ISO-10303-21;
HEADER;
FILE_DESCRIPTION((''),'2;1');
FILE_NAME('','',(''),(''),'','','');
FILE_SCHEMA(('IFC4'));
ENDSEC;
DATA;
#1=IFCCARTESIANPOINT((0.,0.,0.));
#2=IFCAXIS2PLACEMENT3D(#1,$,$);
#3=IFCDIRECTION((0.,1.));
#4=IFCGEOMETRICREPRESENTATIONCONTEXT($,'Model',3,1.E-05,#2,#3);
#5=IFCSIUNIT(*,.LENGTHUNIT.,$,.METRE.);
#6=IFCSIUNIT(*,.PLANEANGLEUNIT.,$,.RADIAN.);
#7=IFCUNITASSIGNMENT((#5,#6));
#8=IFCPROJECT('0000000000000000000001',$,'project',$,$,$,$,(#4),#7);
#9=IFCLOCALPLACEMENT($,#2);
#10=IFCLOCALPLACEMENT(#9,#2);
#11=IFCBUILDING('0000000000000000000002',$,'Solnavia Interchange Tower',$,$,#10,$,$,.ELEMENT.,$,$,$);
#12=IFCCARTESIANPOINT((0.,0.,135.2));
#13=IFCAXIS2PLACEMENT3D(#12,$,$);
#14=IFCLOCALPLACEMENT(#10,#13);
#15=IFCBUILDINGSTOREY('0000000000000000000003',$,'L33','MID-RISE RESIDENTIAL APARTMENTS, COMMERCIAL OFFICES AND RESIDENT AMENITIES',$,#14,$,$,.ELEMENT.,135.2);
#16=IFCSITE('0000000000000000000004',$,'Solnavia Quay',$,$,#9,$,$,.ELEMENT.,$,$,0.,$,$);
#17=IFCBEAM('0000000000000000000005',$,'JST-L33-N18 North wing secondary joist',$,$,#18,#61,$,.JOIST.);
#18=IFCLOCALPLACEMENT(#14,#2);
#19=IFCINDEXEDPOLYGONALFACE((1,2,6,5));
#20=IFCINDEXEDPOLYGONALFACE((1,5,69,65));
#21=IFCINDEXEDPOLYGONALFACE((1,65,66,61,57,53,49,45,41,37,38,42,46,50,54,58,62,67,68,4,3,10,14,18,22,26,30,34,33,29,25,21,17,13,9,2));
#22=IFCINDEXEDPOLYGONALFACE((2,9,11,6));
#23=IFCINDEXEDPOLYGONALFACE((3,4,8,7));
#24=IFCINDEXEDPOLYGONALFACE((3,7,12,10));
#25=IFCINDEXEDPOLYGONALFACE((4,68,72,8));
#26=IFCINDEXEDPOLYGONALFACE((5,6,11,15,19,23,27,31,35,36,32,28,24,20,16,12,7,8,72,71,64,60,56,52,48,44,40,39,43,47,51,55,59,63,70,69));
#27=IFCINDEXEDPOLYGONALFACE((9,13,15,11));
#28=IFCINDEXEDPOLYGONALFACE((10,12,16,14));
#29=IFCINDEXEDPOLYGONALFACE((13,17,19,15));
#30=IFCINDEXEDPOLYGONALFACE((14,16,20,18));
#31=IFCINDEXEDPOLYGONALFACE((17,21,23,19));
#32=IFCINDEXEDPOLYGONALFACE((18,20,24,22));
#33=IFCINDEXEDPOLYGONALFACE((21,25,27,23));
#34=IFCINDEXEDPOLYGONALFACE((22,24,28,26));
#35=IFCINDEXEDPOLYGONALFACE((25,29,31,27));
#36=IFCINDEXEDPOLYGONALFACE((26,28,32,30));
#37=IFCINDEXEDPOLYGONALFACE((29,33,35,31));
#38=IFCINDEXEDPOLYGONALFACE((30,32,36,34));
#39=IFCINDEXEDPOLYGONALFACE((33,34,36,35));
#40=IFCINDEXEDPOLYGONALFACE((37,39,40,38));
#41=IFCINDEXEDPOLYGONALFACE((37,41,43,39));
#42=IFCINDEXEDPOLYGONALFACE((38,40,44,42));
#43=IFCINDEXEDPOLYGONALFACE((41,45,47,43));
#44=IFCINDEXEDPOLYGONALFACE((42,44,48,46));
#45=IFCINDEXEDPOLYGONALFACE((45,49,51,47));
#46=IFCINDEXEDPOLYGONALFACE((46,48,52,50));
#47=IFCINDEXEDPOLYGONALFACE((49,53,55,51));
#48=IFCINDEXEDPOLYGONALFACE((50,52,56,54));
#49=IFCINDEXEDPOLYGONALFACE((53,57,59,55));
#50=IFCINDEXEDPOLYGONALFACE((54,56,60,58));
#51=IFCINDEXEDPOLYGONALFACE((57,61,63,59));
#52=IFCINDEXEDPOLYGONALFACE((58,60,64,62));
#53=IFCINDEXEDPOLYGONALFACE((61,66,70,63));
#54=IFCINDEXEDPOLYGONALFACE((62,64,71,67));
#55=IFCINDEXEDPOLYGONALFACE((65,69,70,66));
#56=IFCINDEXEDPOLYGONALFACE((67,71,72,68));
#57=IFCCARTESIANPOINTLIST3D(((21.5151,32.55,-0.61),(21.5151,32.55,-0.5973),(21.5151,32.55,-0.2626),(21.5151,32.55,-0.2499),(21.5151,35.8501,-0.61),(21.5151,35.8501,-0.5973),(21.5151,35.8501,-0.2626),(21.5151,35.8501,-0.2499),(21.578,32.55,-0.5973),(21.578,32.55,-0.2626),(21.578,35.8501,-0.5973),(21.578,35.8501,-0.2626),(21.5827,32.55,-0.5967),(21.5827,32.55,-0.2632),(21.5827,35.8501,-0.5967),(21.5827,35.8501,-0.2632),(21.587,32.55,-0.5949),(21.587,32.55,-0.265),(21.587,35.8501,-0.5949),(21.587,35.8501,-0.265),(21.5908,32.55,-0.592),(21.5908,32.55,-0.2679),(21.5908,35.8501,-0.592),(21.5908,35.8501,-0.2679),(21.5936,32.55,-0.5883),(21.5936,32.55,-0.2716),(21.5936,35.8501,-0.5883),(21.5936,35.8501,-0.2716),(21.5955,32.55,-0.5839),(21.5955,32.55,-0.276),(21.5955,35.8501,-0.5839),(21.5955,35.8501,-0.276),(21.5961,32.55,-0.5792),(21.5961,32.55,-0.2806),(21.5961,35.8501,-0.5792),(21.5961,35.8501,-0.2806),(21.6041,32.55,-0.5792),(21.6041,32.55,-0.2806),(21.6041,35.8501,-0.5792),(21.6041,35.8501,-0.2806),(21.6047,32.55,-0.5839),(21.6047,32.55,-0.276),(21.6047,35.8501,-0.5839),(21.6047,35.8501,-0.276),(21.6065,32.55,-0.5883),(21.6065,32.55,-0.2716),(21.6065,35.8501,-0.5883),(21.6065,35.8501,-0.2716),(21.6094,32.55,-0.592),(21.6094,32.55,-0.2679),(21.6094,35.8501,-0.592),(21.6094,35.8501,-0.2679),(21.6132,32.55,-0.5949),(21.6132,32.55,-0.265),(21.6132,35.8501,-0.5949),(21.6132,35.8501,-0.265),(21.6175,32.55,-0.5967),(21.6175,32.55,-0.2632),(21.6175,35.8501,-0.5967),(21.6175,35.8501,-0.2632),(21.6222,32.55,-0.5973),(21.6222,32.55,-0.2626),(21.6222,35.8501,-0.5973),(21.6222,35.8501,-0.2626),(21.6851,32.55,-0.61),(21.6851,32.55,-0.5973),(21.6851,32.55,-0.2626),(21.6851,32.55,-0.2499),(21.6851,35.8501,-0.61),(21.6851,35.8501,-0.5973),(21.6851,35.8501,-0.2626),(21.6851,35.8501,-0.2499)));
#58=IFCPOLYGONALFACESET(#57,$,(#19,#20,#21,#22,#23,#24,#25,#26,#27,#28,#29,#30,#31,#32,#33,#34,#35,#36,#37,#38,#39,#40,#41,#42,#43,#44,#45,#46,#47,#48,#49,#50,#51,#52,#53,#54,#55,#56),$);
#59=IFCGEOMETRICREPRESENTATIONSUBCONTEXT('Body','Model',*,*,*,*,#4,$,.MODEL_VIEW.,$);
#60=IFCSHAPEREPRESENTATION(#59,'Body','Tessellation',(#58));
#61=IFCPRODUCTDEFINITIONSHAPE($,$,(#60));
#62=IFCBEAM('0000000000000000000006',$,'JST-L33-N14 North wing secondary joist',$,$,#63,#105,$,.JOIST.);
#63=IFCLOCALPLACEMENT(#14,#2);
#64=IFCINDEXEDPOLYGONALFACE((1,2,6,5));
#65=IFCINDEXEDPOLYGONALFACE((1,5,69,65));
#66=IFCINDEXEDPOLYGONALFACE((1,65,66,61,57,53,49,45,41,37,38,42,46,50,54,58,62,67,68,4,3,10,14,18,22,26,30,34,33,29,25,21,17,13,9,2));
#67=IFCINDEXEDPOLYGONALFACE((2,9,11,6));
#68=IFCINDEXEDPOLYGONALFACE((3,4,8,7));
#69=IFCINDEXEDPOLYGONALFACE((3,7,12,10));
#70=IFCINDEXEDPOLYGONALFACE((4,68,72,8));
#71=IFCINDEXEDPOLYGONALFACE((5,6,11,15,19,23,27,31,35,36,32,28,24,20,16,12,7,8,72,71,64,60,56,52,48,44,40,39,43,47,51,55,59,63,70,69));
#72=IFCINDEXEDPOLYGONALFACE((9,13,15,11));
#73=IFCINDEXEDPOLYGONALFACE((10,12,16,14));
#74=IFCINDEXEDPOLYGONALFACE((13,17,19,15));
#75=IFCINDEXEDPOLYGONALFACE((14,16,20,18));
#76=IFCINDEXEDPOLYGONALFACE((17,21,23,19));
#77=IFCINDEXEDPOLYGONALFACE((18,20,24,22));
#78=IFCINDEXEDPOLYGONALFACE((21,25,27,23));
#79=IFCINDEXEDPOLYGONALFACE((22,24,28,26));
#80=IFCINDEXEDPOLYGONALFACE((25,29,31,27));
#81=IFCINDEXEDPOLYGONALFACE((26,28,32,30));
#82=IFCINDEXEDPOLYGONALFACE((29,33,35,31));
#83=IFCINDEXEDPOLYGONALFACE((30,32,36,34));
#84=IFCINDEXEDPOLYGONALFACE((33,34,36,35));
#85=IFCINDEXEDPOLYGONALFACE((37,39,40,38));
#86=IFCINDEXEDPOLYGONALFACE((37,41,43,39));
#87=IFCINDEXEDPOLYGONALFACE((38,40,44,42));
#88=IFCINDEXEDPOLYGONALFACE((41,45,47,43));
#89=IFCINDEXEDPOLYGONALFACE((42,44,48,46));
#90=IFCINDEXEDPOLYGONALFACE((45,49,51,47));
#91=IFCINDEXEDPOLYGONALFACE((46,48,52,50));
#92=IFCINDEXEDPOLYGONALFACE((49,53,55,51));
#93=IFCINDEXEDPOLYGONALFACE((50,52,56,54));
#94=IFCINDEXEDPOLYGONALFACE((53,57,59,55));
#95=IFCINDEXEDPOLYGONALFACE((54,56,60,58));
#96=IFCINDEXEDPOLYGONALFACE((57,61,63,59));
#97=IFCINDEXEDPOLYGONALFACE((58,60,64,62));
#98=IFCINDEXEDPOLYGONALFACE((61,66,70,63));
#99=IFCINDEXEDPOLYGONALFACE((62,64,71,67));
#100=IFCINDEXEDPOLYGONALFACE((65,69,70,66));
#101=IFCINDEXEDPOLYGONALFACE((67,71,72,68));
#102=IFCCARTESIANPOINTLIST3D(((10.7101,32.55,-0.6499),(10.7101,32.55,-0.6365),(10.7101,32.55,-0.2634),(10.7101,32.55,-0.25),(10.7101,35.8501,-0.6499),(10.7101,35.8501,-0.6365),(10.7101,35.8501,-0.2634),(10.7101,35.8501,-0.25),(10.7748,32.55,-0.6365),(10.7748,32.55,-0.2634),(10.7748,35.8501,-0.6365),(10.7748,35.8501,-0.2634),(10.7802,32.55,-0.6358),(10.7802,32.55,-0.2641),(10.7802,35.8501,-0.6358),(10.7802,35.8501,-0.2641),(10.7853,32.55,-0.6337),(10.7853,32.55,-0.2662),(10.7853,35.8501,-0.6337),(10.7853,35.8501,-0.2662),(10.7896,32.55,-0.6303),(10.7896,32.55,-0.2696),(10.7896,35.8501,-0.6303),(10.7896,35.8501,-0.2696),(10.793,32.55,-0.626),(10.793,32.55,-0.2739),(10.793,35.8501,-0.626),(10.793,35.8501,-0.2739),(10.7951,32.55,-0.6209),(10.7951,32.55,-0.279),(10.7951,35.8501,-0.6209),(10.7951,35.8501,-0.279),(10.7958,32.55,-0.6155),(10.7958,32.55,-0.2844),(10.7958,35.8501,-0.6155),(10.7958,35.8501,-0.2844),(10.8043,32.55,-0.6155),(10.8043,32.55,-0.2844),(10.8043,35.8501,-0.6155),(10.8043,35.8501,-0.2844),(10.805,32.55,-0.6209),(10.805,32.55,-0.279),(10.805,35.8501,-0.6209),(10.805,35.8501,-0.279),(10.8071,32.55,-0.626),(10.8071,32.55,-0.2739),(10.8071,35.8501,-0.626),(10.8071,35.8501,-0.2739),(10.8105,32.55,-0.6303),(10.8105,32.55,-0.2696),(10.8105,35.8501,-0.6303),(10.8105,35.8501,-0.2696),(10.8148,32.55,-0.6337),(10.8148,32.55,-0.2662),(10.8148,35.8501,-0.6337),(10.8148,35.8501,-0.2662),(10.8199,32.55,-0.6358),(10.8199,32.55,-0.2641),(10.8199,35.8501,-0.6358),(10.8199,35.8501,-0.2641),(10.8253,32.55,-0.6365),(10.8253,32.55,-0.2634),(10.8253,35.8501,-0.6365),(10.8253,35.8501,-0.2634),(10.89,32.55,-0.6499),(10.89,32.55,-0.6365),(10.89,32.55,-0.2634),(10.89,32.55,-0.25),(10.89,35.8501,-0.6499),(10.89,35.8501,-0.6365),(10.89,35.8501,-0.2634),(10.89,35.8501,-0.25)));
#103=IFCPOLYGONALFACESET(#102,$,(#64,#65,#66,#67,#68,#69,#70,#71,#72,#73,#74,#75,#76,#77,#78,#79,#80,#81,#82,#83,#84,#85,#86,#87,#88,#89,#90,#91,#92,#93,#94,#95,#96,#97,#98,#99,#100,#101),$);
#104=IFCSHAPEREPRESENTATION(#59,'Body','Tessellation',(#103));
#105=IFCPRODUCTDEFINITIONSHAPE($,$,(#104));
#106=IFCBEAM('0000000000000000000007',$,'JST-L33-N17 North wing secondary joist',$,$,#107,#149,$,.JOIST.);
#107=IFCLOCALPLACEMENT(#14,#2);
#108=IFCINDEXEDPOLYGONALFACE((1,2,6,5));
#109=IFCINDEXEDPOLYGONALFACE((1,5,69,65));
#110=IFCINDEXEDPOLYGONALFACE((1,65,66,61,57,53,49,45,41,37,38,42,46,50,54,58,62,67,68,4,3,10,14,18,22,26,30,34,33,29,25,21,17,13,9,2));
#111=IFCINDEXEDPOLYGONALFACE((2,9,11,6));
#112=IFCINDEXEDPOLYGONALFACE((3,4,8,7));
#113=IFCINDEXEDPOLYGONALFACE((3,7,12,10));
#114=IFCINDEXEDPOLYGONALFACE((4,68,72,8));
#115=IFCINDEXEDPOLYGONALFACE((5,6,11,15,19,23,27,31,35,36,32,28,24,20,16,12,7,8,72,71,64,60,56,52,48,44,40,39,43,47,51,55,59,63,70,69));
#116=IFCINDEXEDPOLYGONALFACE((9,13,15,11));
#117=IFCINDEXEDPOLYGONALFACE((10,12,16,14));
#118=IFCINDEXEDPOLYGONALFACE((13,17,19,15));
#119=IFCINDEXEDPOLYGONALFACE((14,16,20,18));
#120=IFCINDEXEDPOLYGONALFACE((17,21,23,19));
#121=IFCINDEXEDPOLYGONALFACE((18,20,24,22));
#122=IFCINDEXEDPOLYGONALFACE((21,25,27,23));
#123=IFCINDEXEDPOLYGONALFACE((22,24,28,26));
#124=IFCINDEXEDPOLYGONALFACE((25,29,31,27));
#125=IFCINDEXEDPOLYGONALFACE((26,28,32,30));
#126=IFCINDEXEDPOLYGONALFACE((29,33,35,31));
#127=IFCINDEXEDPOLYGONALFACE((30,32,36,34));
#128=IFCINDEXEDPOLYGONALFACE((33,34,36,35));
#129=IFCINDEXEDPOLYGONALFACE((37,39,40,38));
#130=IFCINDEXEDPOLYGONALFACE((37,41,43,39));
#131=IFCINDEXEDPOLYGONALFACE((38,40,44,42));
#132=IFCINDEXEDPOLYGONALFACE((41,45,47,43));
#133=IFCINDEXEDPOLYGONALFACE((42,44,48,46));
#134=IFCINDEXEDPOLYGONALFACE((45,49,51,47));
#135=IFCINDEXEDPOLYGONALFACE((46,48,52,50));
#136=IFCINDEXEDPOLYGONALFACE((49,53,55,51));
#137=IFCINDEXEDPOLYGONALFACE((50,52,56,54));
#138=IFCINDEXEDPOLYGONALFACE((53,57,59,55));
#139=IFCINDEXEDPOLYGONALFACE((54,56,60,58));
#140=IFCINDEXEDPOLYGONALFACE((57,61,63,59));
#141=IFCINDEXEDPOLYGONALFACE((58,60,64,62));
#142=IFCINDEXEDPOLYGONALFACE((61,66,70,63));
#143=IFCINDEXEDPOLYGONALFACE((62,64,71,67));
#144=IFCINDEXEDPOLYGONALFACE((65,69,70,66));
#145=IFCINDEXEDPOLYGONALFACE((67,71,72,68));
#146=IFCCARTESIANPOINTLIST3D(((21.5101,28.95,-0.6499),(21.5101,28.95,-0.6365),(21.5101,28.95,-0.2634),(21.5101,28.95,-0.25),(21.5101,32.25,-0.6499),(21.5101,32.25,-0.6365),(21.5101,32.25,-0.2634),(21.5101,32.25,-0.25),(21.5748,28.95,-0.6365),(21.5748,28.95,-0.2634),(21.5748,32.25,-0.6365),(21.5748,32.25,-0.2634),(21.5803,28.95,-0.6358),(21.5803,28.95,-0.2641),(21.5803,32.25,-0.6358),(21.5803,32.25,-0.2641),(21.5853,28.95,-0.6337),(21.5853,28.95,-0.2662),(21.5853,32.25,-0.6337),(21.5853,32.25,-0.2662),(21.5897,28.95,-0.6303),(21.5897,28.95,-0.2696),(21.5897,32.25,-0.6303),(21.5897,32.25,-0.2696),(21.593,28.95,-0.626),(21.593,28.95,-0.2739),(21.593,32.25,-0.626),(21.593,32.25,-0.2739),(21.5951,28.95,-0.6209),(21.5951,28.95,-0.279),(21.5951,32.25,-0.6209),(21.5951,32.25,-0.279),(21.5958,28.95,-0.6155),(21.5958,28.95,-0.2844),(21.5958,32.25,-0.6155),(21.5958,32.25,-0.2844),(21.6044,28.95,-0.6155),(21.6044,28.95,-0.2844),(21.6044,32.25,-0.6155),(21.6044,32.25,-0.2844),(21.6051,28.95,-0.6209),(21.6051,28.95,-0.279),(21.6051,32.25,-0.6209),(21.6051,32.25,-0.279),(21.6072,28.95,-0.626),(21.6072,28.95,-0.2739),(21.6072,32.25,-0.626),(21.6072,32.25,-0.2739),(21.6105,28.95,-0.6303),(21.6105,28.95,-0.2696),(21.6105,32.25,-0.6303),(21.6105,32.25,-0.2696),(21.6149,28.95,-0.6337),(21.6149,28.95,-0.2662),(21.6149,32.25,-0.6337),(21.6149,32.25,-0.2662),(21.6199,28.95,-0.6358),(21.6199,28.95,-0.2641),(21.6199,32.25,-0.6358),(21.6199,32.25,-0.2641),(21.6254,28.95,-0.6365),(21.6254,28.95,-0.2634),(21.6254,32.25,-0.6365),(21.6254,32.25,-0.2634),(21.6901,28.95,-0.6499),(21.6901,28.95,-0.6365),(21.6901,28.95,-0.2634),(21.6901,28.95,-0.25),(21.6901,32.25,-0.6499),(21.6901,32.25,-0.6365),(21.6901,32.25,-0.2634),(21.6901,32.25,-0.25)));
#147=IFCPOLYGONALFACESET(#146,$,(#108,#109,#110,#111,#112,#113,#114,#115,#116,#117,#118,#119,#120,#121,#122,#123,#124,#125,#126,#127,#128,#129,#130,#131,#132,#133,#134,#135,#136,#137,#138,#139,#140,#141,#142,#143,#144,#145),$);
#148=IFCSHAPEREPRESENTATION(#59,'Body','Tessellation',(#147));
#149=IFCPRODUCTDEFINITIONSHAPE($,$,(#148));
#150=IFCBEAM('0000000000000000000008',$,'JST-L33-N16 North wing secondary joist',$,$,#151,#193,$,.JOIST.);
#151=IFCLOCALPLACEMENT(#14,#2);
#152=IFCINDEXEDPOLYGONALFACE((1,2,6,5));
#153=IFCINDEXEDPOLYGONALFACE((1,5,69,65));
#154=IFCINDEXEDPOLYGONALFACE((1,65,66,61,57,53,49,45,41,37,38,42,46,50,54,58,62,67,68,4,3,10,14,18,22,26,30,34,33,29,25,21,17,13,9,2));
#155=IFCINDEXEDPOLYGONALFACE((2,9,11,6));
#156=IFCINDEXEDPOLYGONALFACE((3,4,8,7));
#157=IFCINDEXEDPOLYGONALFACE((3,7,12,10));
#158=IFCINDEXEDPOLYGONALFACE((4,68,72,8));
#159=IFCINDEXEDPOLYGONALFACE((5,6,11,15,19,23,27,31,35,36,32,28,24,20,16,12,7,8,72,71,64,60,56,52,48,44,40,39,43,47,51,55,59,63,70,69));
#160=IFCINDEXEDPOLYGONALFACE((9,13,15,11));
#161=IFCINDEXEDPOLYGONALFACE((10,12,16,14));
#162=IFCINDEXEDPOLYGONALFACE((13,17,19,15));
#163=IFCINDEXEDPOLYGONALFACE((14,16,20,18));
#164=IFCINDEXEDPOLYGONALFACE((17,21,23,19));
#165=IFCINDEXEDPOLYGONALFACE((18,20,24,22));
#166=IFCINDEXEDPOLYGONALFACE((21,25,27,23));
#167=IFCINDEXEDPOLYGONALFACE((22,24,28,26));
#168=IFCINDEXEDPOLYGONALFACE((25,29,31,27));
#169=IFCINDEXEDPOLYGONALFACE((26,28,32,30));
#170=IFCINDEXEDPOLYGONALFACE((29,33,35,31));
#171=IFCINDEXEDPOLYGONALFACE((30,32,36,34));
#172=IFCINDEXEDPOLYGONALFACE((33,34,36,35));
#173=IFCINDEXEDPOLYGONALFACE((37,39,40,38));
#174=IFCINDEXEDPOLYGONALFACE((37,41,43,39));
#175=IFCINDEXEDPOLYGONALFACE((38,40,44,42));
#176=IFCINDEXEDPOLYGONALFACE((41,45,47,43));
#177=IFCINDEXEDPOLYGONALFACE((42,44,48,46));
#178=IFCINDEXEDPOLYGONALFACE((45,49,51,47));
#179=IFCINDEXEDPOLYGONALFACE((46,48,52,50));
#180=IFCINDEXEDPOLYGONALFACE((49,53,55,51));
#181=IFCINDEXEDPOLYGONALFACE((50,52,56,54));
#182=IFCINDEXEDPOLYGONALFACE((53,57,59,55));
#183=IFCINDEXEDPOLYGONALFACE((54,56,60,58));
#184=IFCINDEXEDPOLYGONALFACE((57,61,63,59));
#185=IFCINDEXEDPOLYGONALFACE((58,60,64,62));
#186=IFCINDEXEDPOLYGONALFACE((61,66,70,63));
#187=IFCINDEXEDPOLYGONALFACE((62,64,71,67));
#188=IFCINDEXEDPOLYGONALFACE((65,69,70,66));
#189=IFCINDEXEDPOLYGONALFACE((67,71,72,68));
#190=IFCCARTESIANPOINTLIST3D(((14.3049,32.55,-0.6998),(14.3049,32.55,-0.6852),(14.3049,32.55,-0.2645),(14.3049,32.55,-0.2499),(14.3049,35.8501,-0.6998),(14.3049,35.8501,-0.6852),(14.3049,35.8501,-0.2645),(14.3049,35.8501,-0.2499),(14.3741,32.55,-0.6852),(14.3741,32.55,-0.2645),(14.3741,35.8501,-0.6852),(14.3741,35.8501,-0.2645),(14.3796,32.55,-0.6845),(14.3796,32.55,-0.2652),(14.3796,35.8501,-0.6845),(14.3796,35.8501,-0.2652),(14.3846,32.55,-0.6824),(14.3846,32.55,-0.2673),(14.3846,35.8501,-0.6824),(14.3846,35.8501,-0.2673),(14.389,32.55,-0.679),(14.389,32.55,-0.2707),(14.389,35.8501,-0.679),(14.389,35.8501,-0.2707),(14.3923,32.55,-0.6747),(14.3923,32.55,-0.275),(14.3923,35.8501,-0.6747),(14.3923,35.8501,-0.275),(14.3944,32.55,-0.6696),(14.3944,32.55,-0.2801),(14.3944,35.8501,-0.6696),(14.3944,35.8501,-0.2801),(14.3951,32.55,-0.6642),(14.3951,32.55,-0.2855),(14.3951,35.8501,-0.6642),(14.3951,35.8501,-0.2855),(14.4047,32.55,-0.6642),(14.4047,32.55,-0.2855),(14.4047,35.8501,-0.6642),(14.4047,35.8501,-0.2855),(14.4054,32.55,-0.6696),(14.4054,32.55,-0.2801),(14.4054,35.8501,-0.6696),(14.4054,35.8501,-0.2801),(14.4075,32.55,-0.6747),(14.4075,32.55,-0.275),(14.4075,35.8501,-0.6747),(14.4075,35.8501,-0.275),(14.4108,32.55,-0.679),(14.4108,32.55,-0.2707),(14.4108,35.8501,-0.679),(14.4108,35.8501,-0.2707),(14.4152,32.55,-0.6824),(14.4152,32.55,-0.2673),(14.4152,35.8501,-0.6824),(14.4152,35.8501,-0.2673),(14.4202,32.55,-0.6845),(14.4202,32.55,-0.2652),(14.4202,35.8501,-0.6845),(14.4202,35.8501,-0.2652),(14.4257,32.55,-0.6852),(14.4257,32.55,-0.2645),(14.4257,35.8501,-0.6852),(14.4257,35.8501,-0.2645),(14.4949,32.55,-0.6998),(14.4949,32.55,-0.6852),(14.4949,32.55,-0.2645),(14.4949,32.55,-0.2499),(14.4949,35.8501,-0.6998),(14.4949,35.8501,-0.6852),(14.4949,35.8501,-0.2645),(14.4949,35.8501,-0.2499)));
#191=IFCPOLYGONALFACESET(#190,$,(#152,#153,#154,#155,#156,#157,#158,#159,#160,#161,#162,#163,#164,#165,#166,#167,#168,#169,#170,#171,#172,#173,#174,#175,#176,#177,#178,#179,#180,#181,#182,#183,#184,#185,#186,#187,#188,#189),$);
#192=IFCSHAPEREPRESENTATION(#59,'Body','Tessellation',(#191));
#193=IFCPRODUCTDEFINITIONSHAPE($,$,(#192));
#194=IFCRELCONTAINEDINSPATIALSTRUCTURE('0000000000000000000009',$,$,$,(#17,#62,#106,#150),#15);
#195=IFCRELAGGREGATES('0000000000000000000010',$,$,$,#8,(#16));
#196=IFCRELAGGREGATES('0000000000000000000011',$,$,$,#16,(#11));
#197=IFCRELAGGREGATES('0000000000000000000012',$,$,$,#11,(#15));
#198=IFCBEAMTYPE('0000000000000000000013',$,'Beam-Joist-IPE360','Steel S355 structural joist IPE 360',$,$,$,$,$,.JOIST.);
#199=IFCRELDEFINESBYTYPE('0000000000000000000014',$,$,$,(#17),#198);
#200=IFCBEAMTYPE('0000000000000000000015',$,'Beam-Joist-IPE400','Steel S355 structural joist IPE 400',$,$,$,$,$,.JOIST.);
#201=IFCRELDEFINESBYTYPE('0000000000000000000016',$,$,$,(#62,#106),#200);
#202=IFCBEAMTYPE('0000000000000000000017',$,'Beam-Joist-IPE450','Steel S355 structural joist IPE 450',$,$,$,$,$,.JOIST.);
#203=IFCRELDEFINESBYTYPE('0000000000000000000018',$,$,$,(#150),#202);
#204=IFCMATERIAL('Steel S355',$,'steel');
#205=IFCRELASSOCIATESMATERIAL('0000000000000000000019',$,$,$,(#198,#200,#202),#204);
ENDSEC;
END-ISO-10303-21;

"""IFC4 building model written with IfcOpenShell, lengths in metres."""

from ifc_helpers import new_model, si_unit, direction, frame, origin, origin_2d, place, context, subcontext, project, spatial, i_section, extrude, material, material_profile, profile_set, type_object, element, save


model = new_model("IFC4")

# Units and contexts
model_context = context("Model", 3, precision=1e-05, world=origin(), true_north=direction((0.0, 1.0)))
body_context = subcontext(model_context, "Body", "Model", "MODEL_VIEW")
ifc_project = project(units=[si_unit("LENGTHUNIT", "METRE"), si_unit("PLANEANGLEUNIT", "RADIAN")], contexts=[model_context])

# Site, building, storey
site_placement = place(None, origin())
site = spatial("IfcSite", under=ifc_project, at=site_placement, Name="Solnavia Quay", CompositionType="ELEMENT", RefElevation=0.0)
building_placement = place(site_placement, origin())
building = spatial("IfcBuilding", under=site, at=building_placement, Name="Solnavia Interchange Tower", CompositionType="ELEMENT")
storey_placement = place(building_placement, frame((0.0, 0.0, 135.2)))
storey = spatial("IfcBuildingStorey", under=building, at=storey_placement, Name="L33", Description="MID-RISE RESIDENTIAL APARTMENTS, COMMERCIAL OFFICES AND RESIDENT AMENITIES", CompositionType="ELEMENT", Elevation=135.2)

# Shared definitions
ifc_material_1 = material(Name="Steel S355", Category="steel")

# Beams
ifc_material_profile_1 = material_profile(ifc_material_1, i_section(OverallWidth=0.1699, OverallDepth=0.3601, WebThickness=0.0081, FlangeThickness=0.0127, FilletRadius=0.0181, at=origin_2d()), Name="IPE 360")
ifc_profile_set_1 = profile_set([ifc_material_profile_1], Name="Steel S355")
beam_type_1 = type_object("IfcBeamType", Name="Beam-Joist-IPE360", Description="Steel S355 structural joist IPE 360", PredefinedType="JOIST", material=ifc_profile_set_1)
beam_1_placement = place(storey_placement, frame((21.6001, 32.55, -0.4299), z_axis=(0.0, 1.0, 0.0), x_axis=(-1.0, 0.0, 0.0)))
element("IfcBeam", 1, at=beam_1_placement, inside=storey, type_object=beam_type_1, Name="JST-L33-N18 North wing secondary joist", PredefinedType="JOIST", context=body_context, shape_type="SweptSolid", body=[
    extrude(i_section(OverallWidth=0.1699, OverallDepth=0.3601, WebThickness=0.0081, FlangeThickness=0.0127, FilletRadius=0.0181, at=origin_2d()), origin(), (0.0, 0.0, 1.0), 3.3),
])
ifc_material_profile_2 = material_profile(ifc_material_1, i_section(OverallWidth=0.1799, OverallDepth=0.3999, WebThickness=0.0085, FlangeThickness=0.0134, FilletRadius=0.021, at=origin_2d()), Name="IPE 400")
ifc_profile_set_2 = profile_set([ifc_material_profile_2], Name="Steel S355")
beam_type_2 = type_object("IfcBeamType", Name="Beam-Joist-IPE400", Description="Steel S355 structural joist IPE 400", PredefinedType="JOIST", material=ifc_profile_set_2)
for number, where, z_axis, x_axis, name in (
    (2, (10.8, 32.55, -0.45), (0.0, 1.0, 0.0), (-1.0, 0.0, 0.0), "JST-L33-N14 North wing secondary joist"),
    (3, (21.6001, 28.95, -0.45), (0.0, 1.0, 0.0), (-1.0, 0.0, 0.0), "JST-L33-N17 North wing secondary joist"),
):
    element("IfcBeam", number, at=place(storey_placement, frame(where, z_axis=z_axis, x_axis=x_axis)), inside=storey, type_object=beam_type_2, Name=name, PredefinedType="JOIST", context=body_context, shape_type="SweptSolid", body=[
        extrude(i_section(OverallWidth=0.1799, OverallDepth=0.3999, WebThickness=0.0085, FlangeThickness=0.0134, FilletRadius=0.021, at=origin_2d()), origin(), (0.0, 0.0, 1.0), 3.3),
    ])
ifc_material_profile_3 = material_profile(ifc_material_1, i_section(OverallWidth=0.1899, OverallDepth=0.45, WebThickness=0.0095, FlangeThickness=0.0146, FilletRadius=0.021, at=origin_2d()), Name="IPE 450")
ifc_profile_set_3 = profile_set([ifc_material_profile_3], Name="Steel S355")
beam_type_3 = type_object("IfcBeamType", Name="Beam-Joist-IPE450", Description="Steel S355 structural joist IPE 450", PredefinedType="JOIST", material=ifc_profile_set_3)
beam_2_placement = place(storey_placement, frame((14.3999, 32.55, -0.4749), z_axis=(0.0, 1.0, 0.0), x_axis=(-1.0, 0.0, 0.0)))
element("IfcBeam", 4, at=beam_2_placement, inside=storey, type_object=beam_type_3, Name="JST-L33-N16 North wing secondary joist", PredefinedType="JOIST", context=body_context, shape_type="SweptSolid", body=[
    extrude(i_section(OverallWidth=0.1899, OverallDepth=0.45, WebThickness=0.0095, FlangeThickness=0.0146, FilletRadius=0.021, at=origin_2d()), origin(), (0.0, 0.0, 1.0), 3.3),
])

save(model, "model.ifc")
